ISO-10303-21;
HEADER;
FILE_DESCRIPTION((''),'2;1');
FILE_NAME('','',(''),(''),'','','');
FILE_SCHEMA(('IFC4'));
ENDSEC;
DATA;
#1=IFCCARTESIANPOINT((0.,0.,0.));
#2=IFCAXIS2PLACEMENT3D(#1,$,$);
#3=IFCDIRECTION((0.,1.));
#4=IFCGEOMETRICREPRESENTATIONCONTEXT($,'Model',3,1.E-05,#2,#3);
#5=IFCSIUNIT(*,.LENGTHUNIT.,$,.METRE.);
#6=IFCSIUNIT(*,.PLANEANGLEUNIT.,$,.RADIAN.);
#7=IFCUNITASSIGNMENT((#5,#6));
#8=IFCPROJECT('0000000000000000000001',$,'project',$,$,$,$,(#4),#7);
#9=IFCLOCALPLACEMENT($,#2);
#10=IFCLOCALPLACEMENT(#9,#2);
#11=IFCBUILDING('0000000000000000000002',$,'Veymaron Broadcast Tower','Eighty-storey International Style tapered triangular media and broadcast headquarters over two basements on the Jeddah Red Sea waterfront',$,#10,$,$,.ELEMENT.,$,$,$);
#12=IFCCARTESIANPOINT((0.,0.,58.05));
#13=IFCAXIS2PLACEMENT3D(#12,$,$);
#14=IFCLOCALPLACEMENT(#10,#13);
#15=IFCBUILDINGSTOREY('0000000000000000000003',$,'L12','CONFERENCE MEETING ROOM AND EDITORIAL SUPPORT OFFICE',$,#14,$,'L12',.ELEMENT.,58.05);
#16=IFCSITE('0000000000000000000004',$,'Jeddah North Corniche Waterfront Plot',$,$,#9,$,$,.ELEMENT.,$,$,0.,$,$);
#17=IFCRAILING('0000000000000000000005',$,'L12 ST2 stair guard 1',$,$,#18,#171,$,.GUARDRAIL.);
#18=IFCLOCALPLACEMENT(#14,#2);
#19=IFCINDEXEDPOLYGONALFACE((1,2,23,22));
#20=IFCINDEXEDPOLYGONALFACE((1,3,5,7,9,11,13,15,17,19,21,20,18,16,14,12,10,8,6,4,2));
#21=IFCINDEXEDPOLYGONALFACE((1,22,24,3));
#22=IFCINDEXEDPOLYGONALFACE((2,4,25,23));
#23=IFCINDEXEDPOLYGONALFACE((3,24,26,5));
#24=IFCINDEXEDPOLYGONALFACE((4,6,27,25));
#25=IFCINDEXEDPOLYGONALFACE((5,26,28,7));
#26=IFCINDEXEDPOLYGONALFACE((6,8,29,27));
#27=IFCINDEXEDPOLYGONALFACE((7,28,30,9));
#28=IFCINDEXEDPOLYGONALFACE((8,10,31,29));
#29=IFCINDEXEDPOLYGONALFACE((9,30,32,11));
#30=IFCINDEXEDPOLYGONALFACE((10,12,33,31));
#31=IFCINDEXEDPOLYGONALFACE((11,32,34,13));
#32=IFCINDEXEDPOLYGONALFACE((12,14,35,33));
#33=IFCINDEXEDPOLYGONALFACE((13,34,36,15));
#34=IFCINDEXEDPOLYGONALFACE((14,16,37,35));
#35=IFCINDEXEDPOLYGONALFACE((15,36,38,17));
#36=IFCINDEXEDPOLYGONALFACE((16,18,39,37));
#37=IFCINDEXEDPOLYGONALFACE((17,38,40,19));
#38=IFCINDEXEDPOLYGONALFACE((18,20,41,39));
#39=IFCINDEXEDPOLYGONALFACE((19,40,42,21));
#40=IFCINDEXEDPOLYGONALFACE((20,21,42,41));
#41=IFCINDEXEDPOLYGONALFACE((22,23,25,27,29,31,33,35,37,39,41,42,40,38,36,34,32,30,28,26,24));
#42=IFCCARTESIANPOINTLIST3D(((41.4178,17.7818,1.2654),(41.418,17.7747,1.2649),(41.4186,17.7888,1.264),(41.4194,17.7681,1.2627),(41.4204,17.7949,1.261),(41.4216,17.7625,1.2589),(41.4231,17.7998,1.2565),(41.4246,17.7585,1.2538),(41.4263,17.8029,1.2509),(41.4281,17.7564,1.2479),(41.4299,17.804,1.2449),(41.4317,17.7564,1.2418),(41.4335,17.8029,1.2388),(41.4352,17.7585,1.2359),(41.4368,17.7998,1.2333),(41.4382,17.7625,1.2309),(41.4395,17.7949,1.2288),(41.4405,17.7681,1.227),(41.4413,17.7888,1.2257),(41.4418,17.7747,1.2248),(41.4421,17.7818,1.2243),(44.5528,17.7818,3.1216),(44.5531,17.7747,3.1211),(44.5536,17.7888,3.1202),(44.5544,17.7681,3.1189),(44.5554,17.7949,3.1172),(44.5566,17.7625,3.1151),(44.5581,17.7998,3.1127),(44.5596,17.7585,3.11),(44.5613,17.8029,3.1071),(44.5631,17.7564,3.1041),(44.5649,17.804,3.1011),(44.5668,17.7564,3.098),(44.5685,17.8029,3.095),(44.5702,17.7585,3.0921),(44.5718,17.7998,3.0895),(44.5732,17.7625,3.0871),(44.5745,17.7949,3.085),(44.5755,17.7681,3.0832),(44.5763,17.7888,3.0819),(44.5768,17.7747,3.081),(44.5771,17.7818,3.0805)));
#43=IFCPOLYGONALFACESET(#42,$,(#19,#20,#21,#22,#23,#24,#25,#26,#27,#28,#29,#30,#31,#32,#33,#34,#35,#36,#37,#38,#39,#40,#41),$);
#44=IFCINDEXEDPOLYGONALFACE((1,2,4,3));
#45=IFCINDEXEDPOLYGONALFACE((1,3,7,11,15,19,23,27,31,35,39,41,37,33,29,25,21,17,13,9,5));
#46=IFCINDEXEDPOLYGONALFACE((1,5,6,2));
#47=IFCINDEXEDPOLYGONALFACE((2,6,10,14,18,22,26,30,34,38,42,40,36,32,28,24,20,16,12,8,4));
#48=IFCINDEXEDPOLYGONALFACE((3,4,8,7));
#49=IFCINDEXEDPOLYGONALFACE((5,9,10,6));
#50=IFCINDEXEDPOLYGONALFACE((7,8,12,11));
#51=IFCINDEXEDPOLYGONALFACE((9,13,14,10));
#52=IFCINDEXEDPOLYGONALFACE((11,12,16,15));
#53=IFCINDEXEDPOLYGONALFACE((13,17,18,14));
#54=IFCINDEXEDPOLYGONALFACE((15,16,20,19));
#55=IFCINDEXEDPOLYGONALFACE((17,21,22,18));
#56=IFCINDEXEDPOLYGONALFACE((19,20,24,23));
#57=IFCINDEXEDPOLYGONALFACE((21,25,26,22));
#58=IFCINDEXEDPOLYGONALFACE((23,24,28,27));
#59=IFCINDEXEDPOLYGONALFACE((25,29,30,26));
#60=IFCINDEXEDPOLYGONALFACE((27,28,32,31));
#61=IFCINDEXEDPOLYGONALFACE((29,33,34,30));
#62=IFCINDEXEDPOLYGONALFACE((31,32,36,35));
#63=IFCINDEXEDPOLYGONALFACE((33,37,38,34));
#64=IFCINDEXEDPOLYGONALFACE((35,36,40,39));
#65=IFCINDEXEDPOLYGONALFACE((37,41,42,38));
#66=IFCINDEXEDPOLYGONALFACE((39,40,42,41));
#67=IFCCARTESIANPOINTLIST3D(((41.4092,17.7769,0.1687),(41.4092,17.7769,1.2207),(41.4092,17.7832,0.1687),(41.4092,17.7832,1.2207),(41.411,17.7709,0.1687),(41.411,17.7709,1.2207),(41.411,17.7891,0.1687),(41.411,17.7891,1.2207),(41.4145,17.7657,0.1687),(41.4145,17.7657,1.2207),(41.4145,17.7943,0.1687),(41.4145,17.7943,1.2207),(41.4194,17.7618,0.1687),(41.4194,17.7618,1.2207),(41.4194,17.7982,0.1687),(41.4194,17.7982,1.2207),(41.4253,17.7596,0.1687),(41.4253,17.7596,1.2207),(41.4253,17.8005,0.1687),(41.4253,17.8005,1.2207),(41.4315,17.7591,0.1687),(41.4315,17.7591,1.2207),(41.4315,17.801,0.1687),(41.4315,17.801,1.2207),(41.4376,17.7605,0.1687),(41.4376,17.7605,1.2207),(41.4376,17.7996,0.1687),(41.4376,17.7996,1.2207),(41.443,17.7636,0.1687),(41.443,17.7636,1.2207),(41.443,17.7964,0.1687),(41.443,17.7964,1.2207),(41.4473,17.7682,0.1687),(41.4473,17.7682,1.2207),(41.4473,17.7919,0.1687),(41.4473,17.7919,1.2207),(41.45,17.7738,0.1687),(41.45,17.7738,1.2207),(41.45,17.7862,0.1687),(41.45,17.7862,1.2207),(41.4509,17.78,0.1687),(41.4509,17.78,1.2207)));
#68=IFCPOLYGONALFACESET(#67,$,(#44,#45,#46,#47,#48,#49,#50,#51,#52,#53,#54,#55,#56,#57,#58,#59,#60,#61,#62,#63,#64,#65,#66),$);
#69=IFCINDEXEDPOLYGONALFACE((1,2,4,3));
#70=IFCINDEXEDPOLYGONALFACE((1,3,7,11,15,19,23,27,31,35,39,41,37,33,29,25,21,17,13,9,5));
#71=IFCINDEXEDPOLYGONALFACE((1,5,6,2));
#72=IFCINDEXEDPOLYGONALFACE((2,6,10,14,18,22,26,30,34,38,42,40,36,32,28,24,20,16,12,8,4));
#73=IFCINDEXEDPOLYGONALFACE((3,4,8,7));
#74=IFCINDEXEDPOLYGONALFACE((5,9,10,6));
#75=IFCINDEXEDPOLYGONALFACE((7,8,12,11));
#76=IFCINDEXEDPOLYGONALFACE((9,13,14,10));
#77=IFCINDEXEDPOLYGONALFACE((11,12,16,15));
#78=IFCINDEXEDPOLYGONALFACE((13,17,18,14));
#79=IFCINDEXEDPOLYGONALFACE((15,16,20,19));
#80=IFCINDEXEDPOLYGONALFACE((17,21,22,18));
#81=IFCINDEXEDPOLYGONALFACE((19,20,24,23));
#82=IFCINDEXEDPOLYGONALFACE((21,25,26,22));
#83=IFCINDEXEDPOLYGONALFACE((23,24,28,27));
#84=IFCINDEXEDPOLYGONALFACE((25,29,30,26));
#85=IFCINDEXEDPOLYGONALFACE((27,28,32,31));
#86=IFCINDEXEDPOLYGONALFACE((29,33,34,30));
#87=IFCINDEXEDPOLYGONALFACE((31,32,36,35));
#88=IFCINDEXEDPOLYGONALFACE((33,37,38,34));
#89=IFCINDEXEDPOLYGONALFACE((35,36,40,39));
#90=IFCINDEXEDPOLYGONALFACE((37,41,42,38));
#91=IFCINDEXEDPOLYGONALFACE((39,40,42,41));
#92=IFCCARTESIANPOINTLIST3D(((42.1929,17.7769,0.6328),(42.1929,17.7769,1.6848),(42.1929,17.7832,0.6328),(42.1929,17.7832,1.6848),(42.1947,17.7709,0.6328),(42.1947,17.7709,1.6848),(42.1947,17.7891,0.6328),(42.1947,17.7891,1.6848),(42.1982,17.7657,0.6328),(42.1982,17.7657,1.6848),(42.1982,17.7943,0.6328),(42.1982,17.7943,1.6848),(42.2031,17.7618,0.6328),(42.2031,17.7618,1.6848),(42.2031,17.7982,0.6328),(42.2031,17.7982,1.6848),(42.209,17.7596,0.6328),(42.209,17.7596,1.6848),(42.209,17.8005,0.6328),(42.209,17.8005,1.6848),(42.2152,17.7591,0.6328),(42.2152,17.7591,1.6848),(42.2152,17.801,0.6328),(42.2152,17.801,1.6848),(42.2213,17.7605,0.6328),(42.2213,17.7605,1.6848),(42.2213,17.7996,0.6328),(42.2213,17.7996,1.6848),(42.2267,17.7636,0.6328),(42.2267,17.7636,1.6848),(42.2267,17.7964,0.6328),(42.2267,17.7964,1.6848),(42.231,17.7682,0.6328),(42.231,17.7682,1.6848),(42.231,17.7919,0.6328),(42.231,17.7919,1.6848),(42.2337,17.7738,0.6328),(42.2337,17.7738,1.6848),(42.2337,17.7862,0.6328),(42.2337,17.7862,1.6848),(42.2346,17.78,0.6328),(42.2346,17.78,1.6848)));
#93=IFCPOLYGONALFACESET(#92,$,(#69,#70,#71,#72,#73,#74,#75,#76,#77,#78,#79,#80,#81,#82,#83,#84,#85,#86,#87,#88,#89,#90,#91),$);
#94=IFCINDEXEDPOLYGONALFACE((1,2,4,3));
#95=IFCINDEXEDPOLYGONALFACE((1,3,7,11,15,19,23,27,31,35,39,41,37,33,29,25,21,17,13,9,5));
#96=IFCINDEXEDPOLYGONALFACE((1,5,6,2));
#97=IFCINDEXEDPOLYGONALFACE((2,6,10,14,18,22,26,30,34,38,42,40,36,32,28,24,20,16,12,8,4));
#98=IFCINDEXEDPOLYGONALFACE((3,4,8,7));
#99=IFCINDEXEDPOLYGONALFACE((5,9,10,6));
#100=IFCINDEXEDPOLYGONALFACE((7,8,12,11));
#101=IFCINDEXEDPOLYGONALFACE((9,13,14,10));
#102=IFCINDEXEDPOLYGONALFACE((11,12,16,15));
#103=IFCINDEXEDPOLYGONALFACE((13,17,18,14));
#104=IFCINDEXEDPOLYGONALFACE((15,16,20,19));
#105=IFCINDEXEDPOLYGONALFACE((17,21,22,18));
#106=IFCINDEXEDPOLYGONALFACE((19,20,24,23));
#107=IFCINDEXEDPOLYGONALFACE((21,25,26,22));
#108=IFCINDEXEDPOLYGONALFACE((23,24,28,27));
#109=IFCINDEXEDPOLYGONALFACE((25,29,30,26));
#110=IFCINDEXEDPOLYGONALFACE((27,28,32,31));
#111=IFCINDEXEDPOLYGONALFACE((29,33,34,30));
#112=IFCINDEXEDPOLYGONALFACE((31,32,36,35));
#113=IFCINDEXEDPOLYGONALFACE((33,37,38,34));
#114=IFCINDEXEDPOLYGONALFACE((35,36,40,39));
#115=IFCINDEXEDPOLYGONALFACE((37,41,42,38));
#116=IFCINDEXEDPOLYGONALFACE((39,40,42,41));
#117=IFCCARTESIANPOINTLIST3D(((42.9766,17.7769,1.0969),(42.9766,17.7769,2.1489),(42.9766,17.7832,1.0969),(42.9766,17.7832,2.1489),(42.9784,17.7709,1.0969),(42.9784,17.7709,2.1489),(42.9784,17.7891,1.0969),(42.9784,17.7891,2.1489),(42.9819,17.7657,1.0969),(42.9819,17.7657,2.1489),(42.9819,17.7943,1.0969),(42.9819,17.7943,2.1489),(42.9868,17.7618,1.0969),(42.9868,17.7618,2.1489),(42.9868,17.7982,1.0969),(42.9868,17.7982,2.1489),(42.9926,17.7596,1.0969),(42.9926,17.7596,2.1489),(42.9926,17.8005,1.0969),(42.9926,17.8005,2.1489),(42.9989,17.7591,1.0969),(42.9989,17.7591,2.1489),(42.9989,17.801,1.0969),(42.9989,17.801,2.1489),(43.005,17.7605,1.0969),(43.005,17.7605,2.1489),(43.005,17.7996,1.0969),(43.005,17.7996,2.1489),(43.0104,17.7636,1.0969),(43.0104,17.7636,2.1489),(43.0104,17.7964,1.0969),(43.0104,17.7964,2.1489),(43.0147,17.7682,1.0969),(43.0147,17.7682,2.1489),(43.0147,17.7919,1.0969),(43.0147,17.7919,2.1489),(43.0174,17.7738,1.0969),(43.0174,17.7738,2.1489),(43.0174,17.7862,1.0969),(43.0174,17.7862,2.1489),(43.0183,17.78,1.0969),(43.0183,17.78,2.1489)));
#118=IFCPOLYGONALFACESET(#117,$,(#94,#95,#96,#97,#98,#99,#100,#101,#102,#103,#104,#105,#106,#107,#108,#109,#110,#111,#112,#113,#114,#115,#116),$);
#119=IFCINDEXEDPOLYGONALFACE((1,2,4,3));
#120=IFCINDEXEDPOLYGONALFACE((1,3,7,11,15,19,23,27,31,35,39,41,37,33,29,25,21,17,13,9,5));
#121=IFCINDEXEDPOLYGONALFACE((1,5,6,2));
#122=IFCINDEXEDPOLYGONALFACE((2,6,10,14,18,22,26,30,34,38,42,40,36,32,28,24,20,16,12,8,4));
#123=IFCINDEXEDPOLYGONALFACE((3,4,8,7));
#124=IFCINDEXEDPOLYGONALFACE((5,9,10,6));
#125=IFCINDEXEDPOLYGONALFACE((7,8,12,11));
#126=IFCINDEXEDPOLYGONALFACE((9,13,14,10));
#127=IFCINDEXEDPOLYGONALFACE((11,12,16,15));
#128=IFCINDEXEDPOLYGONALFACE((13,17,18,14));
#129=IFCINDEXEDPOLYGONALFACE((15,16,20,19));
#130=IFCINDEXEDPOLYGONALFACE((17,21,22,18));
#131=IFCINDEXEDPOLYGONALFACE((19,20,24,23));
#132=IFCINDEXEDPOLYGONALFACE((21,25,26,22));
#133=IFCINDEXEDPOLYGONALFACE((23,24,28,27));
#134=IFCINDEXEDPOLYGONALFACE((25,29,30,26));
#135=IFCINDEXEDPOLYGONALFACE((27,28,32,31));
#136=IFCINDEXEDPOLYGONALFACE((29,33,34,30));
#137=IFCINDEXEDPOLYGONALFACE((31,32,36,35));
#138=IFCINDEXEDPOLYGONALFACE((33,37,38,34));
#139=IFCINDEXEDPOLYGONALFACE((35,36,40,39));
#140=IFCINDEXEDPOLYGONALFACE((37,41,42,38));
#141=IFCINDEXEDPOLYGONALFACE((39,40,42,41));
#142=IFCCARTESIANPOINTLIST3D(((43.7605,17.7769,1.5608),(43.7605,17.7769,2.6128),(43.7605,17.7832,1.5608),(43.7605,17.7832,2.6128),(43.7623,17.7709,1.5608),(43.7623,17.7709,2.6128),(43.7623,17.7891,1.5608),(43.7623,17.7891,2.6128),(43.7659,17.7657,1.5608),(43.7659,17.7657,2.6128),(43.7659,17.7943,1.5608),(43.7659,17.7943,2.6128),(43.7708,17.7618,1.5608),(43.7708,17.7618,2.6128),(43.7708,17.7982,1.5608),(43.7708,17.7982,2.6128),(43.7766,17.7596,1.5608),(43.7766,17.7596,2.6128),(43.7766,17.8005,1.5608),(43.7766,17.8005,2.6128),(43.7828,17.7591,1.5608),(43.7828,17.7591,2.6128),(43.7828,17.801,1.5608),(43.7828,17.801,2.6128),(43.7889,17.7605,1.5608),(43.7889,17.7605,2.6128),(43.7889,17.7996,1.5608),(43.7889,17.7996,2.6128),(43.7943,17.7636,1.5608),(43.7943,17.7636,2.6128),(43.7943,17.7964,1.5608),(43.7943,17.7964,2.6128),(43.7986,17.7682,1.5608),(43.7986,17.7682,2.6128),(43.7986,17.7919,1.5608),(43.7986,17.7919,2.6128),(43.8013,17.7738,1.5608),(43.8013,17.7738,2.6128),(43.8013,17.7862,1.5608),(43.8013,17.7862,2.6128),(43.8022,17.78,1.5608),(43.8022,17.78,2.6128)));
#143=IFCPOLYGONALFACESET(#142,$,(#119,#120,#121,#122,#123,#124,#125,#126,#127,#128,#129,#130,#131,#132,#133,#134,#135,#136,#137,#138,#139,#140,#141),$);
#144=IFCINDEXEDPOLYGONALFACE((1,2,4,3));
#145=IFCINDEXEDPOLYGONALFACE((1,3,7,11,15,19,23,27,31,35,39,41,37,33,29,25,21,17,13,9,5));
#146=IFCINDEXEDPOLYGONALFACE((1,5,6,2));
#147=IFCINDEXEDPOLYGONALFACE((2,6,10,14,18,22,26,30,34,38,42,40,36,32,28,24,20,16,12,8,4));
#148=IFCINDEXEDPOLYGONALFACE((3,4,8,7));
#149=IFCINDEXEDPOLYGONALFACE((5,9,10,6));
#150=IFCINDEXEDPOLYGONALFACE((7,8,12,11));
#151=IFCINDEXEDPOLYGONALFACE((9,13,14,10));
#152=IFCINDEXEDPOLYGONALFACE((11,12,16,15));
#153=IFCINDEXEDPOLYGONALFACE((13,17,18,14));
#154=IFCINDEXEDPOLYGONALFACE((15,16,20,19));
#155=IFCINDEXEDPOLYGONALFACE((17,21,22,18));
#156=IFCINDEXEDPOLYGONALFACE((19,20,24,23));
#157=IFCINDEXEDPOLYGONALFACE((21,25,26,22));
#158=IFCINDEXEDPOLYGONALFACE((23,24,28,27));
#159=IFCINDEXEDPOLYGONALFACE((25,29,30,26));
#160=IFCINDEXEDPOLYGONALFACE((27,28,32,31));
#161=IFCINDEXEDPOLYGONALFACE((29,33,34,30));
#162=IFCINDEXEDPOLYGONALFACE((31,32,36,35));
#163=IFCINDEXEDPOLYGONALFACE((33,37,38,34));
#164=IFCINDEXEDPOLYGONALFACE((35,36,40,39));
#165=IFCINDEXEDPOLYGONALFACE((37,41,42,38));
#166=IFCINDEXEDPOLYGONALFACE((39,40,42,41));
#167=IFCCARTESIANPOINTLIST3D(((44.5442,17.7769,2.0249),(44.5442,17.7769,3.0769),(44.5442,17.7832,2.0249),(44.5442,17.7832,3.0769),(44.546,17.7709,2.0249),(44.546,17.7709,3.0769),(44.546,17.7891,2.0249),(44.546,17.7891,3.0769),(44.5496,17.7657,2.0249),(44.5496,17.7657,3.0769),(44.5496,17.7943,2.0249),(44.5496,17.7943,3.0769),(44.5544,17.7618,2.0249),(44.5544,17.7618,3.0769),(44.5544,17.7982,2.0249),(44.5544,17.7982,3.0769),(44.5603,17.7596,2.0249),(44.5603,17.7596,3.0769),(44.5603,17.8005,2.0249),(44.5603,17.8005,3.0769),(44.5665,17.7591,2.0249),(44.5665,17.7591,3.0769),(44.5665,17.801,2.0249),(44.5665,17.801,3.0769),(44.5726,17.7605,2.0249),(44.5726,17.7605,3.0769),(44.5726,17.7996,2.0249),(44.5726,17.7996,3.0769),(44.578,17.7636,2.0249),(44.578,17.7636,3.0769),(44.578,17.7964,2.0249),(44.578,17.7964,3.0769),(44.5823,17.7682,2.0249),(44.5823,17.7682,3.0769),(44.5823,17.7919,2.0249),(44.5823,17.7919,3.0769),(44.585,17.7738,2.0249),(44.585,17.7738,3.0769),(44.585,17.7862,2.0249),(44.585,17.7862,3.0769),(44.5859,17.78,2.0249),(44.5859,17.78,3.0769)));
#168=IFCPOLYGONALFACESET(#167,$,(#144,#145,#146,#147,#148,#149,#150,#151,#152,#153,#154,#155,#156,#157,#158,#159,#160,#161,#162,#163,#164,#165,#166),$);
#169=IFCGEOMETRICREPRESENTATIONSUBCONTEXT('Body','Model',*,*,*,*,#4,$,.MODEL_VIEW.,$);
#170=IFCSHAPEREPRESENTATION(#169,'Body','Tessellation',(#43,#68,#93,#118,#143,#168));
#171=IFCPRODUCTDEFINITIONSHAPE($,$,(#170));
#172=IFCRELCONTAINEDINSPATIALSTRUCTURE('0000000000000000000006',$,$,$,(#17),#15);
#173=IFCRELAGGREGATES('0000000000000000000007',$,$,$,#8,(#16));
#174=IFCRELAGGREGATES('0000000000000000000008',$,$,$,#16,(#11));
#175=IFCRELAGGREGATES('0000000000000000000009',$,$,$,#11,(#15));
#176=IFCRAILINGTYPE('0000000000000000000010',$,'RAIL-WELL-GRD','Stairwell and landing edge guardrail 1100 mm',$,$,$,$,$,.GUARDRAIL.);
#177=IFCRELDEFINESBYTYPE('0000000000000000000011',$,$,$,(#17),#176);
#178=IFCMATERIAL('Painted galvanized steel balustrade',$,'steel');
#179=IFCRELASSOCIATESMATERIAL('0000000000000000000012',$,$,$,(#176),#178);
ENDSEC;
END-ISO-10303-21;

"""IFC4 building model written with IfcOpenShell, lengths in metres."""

from ifc_helpers import new_model, si_unit, direction, frame, origin, origin_2d, place, context, subcontext, project, spatial, circle, extrude, material, type_object, element, save


model = new_model("IFC4")

# Units and contexts
model_context = context("Model", 3, precision=1e-05, world=origin(), true_north=direction((0.0, 1.0)))
body_context = subcontext(model_context, "Body", "Model", "MODEL_VIEW")
ifc_project = project(units=[si_unit("LENGTHUNIT", "METRE"), si_unit("PLANEANGLEUNIT", "RADIAN")], contexts=[model_context])

# Site, building, storey
site_placement = place(None, origin())
site = spatial("IfcSite", under=ifc_project, at=site_placement, Name="Jeddah North Corniche Waterfront Plot", CompositionType="ELEMENT", RefElevation=0.0)
building_placement = place(site_placement, origin())
building = spatial("IfcBuilding", under=site, at=building_placement, Name="Veymaron Broadcast Tower", Description="Eighty-storey International Style tapered triangular media and broadcast headquarters over two basements on the Jeddah Red Sea waterfront", CompositionType="ELEMENT")
storey_placement = place(building_placement, frame((0.0, 0.0, 58.05)))
storey = spatial("IfcBuildingStorey", under=building, at=storey_placement, Name="L12", Description="CONFERENCE MEETING ROOM AND EDITORIAL SUPPORT OFFICE", LongName="L12", CompositionType="ELEMENT", Elevation=58.05)

# Railing
ifc_material_1 = material(Name="Painted galvanized steel balustrade", Category="steel")
railing_type_1 = type_object("IfcRailingType", Name="RAIL-WELL-GRD", Description="Stairwell and landing edge guardrail 1100 mm", PredefinedType="GUARDRAIL", material=ifc_material_1)
railing_1_placement = place(storey_placement, frame((41.4299, 17.78, 0.1687)))
element("IfcRailing", 1, at=railing_1_placement, inside=storey, type_object=railing_type_1, Name="L12 ST2 stair guard 1", PredefinedType="GUARDRAIL", context=body_context, shape_type="SweptSolid", body=[
    extrude(circle(Radius=0.0239, at=origin_2d()), frame((0.0, 0.0, 1.0762), z_axis=(0.860482, 0.0, 0.509481), x_axis=(0.0, 1.0, 0.0)), (0.0, 0.0, 1.0), 3.6433),
    extrude(circle(Radius=0.021, at=origin_2d()), origin(), (0.0, 0.0, 1.0), 1.052),
    extrude(circle(Radius=0.021, at=origin_2d()), frame((0.7837, 0.0, 0.4641)), (0.0, 0.0, 1.0), 1.052),
    extrude(circle(Radius=0.021, at=origin_2d()), frame((1.5674, 0.0, 0.9282)), (0.0, 0.0, 1.0), 1.052),
    extrude(circle(Radius=0.021, at=origin_2d()), frame((2.3513, 0.0, 1.3921)), (0.0, 0.0, 1.0), 1.052),
    extrude(circle(Radius=0.021, at=origin_2d()), frame((3.135, 0.0, 1.8562)), (0.0, 0.0, 1.0), 1.052),
])

save(model, "model.ifc")
